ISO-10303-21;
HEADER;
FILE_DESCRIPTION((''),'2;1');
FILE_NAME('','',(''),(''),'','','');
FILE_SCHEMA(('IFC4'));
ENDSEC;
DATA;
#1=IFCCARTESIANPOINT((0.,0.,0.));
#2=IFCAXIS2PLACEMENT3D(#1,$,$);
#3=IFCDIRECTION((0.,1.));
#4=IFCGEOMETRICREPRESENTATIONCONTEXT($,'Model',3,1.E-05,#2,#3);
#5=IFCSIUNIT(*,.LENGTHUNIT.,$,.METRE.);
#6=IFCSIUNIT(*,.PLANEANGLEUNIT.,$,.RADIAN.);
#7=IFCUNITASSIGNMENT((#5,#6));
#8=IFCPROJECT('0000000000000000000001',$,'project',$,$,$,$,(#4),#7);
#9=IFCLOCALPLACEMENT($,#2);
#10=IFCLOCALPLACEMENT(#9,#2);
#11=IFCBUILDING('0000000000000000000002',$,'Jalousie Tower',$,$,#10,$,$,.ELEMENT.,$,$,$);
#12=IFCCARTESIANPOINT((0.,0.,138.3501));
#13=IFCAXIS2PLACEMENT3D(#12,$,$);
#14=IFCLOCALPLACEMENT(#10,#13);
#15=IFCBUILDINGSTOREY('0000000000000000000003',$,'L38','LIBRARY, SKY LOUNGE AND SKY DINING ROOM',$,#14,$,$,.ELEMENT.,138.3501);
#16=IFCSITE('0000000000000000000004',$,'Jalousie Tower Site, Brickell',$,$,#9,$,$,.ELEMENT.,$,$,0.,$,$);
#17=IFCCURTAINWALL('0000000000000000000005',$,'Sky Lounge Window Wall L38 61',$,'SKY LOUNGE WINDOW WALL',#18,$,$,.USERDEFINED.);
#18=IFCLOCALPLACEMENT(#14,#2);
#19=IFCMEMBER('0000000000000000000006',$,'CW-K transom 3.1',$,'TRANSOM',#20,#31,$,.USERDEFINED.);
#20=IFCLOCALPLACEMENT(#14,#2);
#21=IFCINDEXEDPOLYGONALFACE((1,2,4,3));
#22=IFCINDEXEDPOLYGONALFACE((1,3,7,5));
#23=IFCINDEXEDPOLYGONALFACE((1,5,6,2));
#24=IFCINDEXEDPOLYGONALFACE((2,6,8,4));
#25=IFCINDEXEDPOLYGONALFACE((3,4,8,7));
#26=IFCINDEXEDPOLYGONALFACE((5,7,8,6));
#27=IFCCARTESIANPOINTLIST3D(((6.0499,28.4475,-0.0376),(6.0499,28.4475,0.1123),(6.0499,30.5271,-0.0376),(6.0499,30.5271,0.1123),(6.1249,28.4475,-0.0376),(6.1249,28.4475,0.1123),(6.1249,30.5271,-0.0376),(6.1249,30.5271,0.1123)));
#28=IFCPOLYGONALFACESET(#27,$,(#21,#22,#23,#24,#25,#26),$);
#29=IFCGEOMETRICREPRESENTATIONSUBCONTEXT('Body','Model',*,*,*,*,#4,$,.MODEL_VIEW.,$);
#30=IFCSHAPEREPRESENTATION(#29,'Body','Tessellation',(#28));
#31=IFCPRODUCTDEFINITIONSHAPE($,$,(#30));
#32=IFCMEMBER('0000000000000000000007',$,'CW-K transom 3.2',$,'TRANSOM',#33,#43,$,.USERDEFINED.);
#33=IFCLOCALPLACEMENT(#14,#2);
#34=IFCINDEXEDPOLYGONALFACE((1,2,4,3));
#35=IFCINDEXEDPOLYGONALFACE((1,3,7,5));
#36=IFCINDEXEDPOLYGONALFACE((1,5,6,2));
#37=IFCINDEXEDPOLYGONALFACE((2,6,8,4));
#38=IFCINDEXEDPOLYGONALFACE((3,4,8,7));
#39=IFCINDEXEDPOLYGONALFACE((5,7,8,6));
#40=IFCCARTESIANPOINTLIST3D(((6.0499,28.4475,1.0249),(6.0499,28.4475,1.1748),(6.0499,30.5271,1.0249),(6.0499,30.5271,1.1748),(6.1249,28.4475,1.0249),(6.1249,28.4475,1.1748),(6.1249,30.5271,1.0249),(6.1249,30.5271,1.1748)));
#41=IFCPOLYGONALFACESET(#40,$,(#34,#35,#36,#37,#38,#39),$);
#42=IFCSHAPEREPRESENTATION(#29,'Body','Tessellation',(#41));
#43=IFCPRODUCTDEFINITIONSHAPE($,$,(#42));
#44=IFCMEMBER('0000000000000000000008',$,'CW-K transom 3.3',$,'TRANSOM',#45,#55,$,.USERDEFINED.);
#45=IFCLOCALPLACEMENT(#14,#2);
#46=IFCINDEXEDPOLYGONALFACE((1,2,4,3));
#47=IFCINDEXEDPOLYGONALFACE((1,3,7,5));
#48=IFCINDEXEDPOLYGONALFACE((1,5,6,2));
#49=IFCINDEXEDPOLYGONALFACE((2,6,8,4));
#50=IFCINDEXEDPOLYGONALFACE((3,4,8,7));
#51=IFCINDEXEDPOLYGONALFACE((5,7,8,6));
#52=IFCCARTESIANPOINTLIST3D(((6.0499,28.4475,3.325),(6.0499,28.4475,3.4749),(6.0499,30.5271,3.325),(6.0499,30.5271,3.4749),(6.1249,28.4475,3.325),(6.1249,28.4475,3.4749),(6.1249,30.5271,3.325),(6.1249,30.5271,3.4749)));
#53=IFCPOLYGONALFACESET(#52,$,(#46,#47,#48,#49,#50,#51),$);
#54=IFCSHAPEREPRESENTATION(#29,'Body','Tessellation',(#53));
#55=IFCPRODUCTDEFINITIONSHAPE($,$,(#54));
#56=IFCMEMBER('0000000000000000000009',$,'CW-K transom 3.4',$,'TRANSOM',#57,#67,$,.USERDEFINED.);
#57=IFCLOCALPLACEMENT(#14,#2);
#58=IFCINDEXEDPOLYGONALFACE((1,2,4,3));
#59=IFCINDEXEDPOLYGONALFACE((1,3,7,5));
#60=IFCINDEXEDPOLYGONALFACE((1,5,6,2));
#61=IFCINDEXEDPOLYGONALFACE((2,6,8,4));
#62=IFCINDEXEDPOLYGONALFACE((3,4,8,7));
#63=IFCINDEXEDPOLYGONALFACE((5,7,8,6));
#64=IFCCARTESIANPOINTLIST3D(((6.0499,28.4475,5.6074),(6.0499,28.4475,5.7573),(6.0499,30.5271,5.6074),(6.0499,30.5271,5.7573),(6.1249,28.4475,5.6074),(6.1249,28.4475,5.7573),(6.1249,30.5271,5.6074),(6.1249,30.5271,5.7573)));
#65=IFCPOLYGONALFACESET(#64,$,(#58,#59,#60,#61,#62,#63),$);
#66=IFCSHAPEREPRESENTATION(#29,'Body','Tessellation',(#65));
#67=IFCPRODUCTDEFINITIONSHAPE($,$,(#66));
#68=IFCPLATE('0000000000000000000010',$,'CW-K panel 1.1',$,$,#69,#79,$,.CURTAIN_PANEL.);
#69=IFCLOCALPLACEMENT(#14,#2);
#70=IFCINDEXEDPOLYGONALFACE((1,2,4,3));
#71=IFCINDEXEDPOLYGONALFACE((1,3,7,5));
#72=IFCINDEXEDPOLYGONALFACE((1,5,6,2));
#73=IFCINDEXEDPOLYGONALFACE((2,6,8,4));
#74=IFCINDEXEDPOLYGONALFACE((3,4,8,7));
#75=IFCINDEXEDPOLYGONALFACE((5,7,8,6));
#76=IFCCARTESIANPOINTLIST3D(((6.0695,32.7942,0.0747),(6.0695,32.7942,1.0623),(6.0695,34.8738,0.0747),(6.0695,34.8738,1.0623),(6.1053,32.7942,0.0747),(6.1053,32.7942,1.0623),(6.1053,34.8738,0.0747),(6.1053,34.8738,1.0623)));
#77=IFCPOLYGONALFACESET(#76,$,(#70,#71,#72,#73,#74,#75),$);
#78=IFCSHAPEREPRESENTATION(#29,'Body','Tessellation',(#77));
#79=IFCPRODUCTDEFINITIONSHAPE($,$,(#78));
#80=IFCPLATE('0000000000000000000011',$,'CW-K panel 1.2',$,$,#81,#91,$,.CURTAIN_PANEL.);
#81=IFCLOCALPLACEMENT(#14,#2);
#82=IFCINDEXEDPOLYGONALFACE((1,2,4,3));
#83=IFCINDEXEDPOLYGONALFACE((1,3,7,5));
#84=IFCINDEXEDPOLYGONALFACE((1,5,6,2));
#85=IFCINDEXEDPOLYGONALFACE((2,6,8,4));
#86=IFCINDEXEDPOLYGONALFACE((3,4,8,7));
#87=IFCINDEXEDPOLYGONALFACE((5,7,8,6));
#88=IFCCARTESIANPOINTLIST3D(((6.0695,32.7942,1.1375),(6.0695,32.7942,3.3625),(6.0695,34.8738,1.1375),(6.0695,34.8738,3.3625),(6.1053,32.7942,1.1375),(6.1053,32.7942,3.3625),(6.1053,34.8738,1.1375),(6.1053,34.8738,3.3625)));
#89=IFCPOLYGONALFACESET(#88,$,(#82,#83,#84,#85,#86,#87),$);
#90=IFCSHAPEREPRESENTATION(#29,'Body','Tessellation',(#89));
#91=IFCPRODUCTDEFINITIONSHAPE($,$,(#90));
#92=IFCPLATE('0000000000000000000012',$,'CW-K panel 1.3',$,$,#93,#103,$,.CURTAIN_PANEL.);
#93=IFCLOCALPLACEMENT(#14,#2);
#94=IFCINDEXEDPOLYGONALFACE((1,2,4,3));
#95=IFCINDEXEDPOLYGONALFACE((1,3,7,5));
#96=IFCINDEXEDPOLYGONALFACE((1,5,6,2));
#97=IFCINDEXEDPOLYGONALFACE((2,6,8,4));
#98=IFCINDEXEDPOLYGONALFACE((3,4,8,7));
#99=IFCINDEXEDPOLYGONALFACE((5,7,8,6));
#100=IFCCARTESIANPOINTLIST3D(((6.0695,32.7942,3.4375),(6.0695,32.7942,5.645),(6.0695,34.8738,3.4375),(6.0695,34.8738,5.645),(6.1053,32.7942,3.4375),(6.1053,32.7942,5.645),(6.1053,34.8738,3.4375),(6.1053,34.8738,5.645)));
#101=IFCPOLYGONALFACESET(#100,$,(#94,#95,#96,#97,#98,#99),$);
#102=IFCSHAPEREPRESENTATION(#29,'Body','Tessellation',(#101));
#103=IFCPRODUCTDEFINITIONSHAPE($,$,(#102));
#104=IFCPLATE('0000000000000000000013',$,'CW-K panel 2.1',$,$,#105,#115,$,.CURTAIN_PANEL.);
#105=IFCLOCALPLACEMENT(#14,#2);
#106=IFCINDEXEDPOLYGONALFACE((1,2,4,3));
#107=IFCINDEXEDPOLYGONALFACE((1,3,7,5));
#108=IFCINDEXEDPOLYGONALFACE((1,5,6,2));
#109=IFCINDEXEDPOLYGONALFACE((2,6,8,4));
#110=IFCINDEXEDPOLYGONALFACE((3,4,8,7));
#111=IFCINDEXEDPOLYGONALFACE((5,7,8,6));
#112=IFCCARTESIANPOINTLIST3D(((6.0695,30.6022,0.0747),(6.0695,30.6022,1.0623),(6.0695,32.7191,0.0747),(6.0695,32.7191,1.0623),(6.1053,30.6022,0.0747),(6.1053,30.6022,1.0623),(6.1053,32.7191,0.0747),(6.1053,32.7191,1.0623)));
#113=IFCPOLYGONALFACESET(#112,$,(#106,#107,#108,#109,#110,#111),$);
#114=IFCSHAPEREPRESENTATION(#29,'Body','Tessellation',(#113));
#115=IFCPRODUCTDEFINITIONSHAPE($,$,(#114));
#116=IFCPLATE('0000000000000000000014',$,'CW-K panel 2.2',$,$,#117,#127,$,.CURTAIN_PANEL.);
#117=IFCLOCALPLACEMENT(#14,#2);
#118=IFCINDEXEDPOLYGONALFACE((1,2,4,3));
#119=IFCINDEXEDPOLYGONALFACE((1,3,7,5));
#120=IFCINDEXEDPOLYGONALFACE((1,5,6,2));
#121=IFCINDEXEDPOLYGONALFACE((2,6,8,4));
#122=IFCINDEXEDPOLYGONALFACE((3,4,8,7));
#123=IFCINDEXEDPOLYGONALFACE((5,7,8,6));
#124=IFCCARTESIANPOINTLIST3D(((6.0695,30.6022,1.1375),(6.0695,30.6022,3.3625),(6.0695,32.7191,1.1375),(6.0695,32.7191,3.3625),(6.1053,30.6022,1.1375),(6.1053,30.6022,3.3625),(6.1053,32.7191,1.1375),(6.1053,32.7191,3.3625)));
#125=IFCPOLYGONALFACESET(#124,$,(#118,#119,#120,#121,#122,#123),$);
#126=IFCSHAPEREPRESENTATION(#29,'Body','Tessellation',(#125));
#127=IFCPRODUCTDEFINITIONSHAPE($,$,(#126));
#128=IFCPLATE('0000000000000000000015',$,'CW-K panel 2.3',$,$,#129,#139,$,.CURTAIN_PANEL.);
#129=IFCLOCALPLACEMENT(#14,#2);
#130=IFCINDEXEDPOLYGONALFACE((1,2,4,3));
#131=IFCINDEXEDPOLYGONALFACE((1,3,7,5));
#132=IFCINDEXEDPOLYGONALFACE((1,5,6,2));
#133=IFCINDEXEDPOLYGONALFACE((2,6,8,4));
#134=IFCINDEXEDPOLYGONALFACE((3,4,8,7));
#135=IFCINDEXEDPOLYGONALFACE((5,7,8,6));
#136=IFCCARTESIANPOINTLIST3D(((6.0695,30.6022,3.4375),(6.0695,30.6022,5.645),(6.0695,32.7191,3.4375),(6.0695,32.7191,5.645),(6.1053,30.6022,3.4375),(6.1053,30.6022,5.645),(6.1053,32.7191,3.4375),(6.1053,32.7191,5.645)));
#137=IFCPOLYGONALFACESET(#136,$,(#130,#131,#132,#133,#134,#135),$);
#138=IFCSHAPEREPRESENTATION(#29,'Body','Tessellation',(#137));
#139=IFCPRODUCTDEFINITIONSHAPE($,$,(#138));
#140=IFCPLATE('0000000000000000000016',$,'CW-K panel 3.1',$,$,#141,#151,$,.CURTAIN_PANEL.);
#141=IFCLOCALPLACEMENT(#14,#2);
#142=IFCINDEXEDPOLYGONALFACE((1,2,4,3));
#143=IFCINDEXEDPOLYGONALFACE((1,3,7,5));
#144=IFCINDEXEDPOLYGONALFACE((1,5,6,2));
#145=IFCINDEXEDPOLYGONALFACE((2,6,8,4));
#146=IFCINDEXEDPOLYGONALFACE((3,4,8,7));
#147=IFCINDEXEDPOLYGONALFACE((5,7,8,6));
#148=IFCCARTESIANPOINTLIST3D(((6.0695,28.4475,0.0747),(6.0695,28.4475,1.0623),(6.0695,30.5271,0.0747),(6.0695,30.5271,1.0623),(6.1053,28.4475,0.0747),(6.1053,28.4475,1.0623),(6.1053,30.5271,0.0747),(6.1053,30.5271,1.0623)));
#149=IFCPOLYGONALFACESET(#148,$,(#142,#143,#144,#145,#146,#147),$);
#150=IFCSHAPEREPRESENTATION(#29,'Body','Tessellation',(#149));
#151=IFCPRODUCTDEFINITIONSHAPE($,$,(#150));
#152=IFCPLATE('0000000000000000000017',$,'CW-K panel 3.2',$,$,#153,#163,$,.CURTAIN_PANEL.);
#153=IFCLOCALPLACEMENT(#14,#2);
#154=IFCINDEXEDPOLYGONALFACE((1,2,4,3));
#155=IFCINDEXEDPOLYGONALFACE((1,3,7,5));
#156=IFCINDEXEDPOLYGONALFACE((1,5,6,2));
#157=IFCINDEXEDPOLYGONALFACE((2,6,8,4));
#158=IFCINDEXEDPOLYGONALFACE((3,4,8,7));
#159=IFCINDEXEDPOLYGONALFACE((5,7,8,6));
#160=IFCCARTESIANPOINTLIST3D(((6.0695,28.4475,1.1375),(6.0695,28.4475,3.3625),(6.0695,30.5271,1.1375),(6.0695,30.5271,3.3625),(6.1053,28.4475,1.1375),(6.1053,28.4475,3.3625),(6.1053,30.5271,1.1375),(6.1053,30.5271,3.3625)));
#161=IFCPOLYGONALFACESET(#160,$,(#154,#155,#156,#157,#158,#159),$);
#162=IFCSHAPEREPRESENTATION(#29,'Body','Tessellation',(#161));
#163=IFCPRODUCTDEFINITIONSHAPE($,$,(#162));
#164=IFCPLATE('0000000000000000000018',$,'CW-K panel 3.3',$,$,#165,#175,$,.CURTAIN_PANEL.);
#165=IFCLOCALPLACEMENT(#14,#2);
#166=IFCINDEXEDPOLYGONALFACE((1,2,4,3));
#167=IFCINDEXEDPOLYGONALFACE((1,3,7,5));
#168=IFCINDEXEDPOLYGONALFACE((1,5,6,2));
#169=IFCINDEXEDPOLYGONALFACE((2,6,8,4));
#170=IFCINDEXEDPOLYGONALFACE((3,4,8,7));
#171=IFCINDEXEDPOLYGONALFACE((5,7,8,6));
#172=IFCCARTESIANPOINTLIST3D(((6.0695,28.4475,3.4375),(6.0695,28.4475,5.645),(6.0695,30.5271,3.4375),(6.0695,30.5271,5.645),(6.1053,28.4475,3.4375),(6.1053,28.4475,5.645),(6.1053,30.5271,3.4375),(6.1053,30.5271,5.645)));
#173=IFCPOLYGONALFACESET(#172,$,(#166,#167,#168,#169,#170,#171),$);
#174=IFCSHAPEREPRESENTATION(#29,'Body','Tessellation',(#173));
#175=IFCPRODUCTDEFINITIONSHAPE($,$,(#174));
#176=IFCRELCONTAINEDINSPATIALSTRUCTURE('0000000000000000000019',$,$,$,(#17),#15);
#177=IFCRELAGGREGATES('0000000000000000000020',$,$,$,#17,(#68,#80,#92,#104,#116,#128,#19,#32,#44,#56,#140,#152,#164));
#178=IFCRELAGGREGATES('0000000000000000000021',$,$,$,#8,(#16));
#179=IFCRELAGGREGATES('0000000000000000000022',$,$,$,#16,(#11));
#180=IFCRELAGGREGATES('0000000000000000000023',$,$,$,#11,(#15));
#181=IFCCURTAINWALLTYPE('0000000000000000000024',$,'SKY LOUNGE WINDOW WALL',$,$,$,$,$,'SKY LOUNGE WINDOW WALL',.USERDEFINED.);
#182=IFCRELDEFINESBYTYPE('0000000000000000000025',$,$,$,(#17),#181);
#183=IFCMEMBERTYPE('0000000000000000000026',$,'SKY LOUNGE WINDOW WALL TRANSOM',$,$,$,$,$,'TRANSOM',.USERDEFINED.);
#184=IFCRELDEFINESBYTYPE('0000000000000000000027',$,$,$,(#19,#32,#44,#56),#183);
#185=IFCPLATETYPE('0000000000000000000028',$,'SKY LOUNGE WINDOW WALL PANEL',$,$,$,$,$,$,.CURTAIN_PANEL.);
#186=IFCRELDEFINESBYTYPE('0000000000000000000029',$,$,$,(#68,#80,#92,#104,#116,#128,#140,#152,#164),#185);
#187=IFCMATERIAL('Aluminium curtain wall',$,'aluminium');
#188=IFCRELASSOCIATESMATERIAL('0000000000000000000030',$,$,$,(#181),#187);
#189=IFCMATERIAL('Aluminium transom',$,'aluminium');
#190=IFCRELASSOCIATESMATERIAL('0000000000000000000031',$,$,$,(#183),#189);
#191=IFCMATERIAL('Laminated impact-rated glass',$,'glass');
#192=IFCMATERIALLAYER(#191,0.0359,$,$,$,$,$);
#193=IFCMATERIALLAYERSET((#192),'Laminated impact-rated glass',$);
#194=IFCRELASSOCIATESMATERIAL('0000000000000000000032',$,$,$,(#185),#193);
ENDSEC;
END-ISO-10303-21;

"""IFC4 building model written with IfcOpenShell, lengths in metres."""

from ifc_helpers import new_model, si_unit, direction, frame, origin, origin_2d, place, context, subcontext, project, spatial, rectangle, extrude, material, layer, layer_set, material_profile, profile_set, type_object, element, aggregate, save


model = new_model("IFC4")

# Units and contexts
model_context = context("Model", 3, precision=1e-05, world=origin(), true_north=direction((0.0, 1.0)))
body_context = subcontext(model_context, "Body", "Model", "MODEL_VIEW")
ifc_project = project(units=[si_unit("LENGTHUNIT", "METRE"), si_unit("PLANEANGLEUNIT", "RADIAN")], contexts=[model_context])

# Site, building, storey
site_placement = place(None, origin())
site = spatial("IfcSite", under=ifc_project, at=site_placement, Name="Jalousie Tower Site, Brickell", CompositionType="ELEMENT", RefElevation=0.0)
building_placement = place(site_placement, origin())
building = spatial("IfcBuilding", under=site, at=building_placement, Name="Jalousie Tower", CompositionType="ELEMENT")
storey_placement = place(building_placement, frame((0.0, 0.0, 138.3501)))
storey = spatial("IfcBuildingStorey", under=building, at=storey_placement, Name="L38", Description="LIBRARY, SKY LOUNGE AND SKY DINING ROOM", CompositionType="ELEMENT", Elevation=138.3501)

# Curtain wall, members, plates
ifc_material_1 = material(Name="Aluminium curtain wall", Category="aluminium")
curtain_wall_type = type_object("IfcCurtainWallType", Name="SKY LOUNGE WINDOW WALL", ElementType="SKY LOUNGE WINDOW WALL", PredefinedType="USERDEFINED", material=ifc_material_1)
curtain_wall_placement = place(storey_placement, origin())
curtain_wall = element("IfcCurtainWall", 1, at=curtain_wall_placement, inside=storey, type_object=curtain_wall_type, Name="Sky Lounge Window Wall L38 61", ObjectType="SKY LOUNGE WINDOW WALL", PredefinedType="USERDEFINED")
ifc_material_2 = material(Name="Aluminium transom", Category="aluminium")
ifc_material_profile_1 = material_profile(ifc_material_2, rectangle(XDim=0.075, YDim=0.1499, at=origin_2d()), Name="TRANSOM 75x150")
ifc_profile_set_1 = profile_set([ifc_material_profile_1], Name="Aluminium transom")
member_type_1 = type_object("IfcMemberType", Name="SKY LOUNGE WINDOW WALL TRANSOM", ElementType="TRANSOM", PredefinedType="USERDEFINED", material=ifc_profile_set_1)
member_1_placement = place(storey_placement, frame((6.0874, 30.5271, 0.0374), z_axis=(0.0, -1.0, 0.0), x_axis=(1.0, 0.0, 0.0)))
member_1 = element("IfcMember", 2, at=member_1_placement, type_object=member_type_1, Name="CW-K transom 3.1", ObjectType="TRANSOM", PredefinedType="USERDEFINED", context=body_context, shape_type="SweptSolid", body=[
    extrude(rectangle(XDim=0.075, YDim=0.1499, at=origin_2d()), origin(), (0.0, 0.0, 1.0), 2.0796),
])
member_2_placement = place(storey_placement, frame((6.0874, 30.5271, 1.0999), z_axis=(0.0, -1.0, 0.0), x_axis=(1.0, 0.0, 0.0)))
member_2 = element("IfcMember", 3, at=member_2_placement, type_object=member_type_1, Name="CW-K transom 3.2", ObjectType="TRANSOM", PredefinedType="USERDEFINED", context=body_context, shape_type="SweptSolid", body=[
    extrude(rectangle(XDim=0.075, YDim=0.1499, at=origin_2d()), origin(), (0.0, 0.0, 1.0), 2.0796),
])
member_3_placement = place(storey_placement, frame((6.0874, 30.5271, 3.3999), z_axis=(0.0, -1.0, 0.0), x_axis=(1.0, 0.0, 0.0)))
member_3 = element("IfcMember", 4, at=member_3_placement, type_object=member_type_1, Name="CW-K transom 3.3", ObjectType="TRANSOM", PredefinedType="USERDEFINED", context=body_context, shape_type="SweptSolid", body=[
    extrude(rectangle(XDim=0.075, YDim=0.1499, at=origin_2d()), origin(), (0.0, 0.0, 1.0), 2.0796),
])
member_4_placement = place(storey_placement, frame((6.0874, 30.5271, 5.6824), z_axis=(0.0, -1.0, 0.0), x_axis=(1.0, 0.0, 0.0)))
member_4 = element("IfcMember", 5, at=member_4_placement, type_object=member_type_1, Name="CW-K transom 3.4", ObjectType="TRANSOM", PredefinedType="USERDEFINED", context=body_context, shape_type="SweptSolid", body=[
    extrude(rectangle(XDim=0.075, YDim=0.1499, at=origin_2d()), origin(), (0.0, 0.0, 1.0), 2.0796),
])
ifc_material_3 = material(Name="Laminated impact-rated glass", Category="glass")
ifc_layer = layer(ifc_material_3, 0.0359)
ifc_layer_set = layer_set([ifc_layer], Name="Laminated impact-rated glass")
plate_type = type_object("IfcPlateType", Name="SKY LOUNGE WINDOW WALL PANEL", PredefinedType="CURTAIN_PANEL", material=ifc_layer_set)
plate_1_placement = place(storey_placement, frame((6.0874, 33.834, 0.0747), z_axis=(0.0, 0.0, 1.0), x_axis=(0.0, -1.0, 0.0)))
plate_1 = element("IfcPlate", 6, at=plate_1_placement, type_object=plate_type, Name="CW-K panel 1.1", PredefinedType="CURTAIN_PANEL", context=body_context, shape_type="SweptSolid", body=[
    extrude(rectangle(XDim=2.0796, YDim=0.0359, at=origin_2d()), origin(), (0.0, 0.0, 1.0), 0.9875),
])
plate_2_placement = place(storey_placement, frame((6.0874, 33.834, 1.1375), z_axis=(0.0, 0.0, 1.0), x_axis=(0.0, -1.0, 0.0)))
plate_2 = element("IfcPlate", 7, at=plate_2_placement, type_object=plate_type, Name="CW-K panel 1.2", PredefinedType="CURTAIN_PANEL", context=body_context, shape_type="SweptSolid", body=[
    extrude(rectangle(XDim=2.0796, YDim=0.0359, at=origin_2d()), origin(), (0.0, 0.0, 1.0), 2.2251),
])
plate_3_placement = place(storey_placement, frame((6.0874, 33.834, 3.4375), z_axis=(0.0, 0.0, 1.0), x_axis=(0.0, -1.0, 0.0)))
plate_3 = element("IfcPlate", 8, at=plate_3_placement, type_object=plate_type, Name="CW-K panel 1.3", PredefinedType="CURTAIN_PANEL", context=body_context, shape_type="SweptSolid", body=[
    extrude(rectangle(XDim=2.0796, YDim=0.0359, at=origin_2d()), origin(), (0.0, 0.0, 1.0), 2.2075),
])
plate_4_placement = place(storey_placement, frame((6.0874, 31.6606, 0.0747), z_axis=(0.0, 0.0, 1.0), x_axis=(0.0, -1.0, 0.0)))
plate_4 = element("IfcPlate", 9, at=plate_4_placement, type_object=plate_type, Name="CW-K panel 2.1", PredefinedType="CURTAIN_PANEL", context=body_context, shape_type="SweptSolid", body=[
    extrude(rectangle(XDim=2.1169, YDim=0.0359, at=origin_2d()), origin(), (0.0, 0.0, 1.0), 0.9875),
])
plate_5_placement = place(storey_placement, frame((6.0874, 31.6606, 1.1375), z_axis=(0.0, 0.0, 1.0), x_axis=(0.0, -1.0, 0.0)))
plate_5 = element("IfcPlate", 10, at=plate_5_placement, type_object=plate_type, Name="CW-K panel 2.2", PredefinedType="CURTAIN_PANEL", context=body_context, shape_type="SweptSolid", body=[
    extrude(rectangle(XDim=2.1169, YDim=0.0359, at=origin_2d()), origin(), (0.0, 0.0, 1.0), 2.2251),
])
plate_6_placement = place(storey_placement, frame((6.0874, 31.6606, 3.4375), z_axis=(0.0, 0.0, 1.0), x_axis=(0.0, -1.0, 0.0)))
plate_6 = element("IfcPlate", 11, at=plate_6_placement, type_object=plate_type, Name="CW-K panel 2.3", PredefinedType="CURTAIN_PANEL", context=body_context, shape_type="SweptSolid", body=[
    extrude(rectangle(XDim=2.1169, YDim=0.0359, at=origin_2d()), origin(), (0.0, 0.0, 1.0), 2.2075),
])
plate_7_placement = place(storey_placement, frame((6.0874, 29.4873, 0.0747), z_axis=(0.0, 0.0, 1.0), x_axis=(0.0, -1.0, 0.0)))
plate_7 = element("IfcPlate", 12, at=plate_7_placement, type_object=plate_type, Name="CW-K panel 3.1", PredefinedType="CURTAIN_PANEL", context=body_context, shape_type="SweptSolid", body=[
    extrude(rectangle(XDim=2.0796, YDim=0.0359, at=origin_2d()), origin(), (0.0, 0.0, 1.0), 0.9875),
])
plate_8_placement = place(storey_placement, frame((6.0874, 29.4873, 1.1375), z_axis=(0.0, 0.0, 1.0), x_axis=(0.0, -1.0, 0.0)))
plate_8 = element("IfcPlate", 13, at=plate_8_placement, type_object=plate_type, Name="CW-K panel 3.2", PredefinedType="CURTAIN_PANEL", context=body_context, shape_type="SweptSolid", body=[
    extrude(rectangle(XDim=2.0796, YDim=0.0359, at=origin_2d()), origin(), (0.0, 0.0, 1.0), 2.2251),
])
plate_9_placement = place(storey_placement, frame((6.0874, 29.4873, 3.4375), z_axis=(0.0, 0.0, 1.0), x_axis=(0.0, -1.0, 0.0)))
plate_9 = element("IfcPlate", 14, at=plate_9_placement, type_object=plate_type, Name="CW-K panel 3.3", PredefinedType="CURTAIN_PANEL", context=body_context, shape_type="SweptSolid", body=[
    extrude(rectangle(XDim=2.0796, YDim=0.0359, at=origin_2d()), origin(), (0.0, 0.0, 1.0), 2.2075),
])
aggregate(curtain_wall, [plate_1, plate_2, plate_3, plate_4, plate_5, plate_6, member_1, member_2, member_3, member_4, plate_7, plate_8, plate_9])

save(model, "model.ifc")
